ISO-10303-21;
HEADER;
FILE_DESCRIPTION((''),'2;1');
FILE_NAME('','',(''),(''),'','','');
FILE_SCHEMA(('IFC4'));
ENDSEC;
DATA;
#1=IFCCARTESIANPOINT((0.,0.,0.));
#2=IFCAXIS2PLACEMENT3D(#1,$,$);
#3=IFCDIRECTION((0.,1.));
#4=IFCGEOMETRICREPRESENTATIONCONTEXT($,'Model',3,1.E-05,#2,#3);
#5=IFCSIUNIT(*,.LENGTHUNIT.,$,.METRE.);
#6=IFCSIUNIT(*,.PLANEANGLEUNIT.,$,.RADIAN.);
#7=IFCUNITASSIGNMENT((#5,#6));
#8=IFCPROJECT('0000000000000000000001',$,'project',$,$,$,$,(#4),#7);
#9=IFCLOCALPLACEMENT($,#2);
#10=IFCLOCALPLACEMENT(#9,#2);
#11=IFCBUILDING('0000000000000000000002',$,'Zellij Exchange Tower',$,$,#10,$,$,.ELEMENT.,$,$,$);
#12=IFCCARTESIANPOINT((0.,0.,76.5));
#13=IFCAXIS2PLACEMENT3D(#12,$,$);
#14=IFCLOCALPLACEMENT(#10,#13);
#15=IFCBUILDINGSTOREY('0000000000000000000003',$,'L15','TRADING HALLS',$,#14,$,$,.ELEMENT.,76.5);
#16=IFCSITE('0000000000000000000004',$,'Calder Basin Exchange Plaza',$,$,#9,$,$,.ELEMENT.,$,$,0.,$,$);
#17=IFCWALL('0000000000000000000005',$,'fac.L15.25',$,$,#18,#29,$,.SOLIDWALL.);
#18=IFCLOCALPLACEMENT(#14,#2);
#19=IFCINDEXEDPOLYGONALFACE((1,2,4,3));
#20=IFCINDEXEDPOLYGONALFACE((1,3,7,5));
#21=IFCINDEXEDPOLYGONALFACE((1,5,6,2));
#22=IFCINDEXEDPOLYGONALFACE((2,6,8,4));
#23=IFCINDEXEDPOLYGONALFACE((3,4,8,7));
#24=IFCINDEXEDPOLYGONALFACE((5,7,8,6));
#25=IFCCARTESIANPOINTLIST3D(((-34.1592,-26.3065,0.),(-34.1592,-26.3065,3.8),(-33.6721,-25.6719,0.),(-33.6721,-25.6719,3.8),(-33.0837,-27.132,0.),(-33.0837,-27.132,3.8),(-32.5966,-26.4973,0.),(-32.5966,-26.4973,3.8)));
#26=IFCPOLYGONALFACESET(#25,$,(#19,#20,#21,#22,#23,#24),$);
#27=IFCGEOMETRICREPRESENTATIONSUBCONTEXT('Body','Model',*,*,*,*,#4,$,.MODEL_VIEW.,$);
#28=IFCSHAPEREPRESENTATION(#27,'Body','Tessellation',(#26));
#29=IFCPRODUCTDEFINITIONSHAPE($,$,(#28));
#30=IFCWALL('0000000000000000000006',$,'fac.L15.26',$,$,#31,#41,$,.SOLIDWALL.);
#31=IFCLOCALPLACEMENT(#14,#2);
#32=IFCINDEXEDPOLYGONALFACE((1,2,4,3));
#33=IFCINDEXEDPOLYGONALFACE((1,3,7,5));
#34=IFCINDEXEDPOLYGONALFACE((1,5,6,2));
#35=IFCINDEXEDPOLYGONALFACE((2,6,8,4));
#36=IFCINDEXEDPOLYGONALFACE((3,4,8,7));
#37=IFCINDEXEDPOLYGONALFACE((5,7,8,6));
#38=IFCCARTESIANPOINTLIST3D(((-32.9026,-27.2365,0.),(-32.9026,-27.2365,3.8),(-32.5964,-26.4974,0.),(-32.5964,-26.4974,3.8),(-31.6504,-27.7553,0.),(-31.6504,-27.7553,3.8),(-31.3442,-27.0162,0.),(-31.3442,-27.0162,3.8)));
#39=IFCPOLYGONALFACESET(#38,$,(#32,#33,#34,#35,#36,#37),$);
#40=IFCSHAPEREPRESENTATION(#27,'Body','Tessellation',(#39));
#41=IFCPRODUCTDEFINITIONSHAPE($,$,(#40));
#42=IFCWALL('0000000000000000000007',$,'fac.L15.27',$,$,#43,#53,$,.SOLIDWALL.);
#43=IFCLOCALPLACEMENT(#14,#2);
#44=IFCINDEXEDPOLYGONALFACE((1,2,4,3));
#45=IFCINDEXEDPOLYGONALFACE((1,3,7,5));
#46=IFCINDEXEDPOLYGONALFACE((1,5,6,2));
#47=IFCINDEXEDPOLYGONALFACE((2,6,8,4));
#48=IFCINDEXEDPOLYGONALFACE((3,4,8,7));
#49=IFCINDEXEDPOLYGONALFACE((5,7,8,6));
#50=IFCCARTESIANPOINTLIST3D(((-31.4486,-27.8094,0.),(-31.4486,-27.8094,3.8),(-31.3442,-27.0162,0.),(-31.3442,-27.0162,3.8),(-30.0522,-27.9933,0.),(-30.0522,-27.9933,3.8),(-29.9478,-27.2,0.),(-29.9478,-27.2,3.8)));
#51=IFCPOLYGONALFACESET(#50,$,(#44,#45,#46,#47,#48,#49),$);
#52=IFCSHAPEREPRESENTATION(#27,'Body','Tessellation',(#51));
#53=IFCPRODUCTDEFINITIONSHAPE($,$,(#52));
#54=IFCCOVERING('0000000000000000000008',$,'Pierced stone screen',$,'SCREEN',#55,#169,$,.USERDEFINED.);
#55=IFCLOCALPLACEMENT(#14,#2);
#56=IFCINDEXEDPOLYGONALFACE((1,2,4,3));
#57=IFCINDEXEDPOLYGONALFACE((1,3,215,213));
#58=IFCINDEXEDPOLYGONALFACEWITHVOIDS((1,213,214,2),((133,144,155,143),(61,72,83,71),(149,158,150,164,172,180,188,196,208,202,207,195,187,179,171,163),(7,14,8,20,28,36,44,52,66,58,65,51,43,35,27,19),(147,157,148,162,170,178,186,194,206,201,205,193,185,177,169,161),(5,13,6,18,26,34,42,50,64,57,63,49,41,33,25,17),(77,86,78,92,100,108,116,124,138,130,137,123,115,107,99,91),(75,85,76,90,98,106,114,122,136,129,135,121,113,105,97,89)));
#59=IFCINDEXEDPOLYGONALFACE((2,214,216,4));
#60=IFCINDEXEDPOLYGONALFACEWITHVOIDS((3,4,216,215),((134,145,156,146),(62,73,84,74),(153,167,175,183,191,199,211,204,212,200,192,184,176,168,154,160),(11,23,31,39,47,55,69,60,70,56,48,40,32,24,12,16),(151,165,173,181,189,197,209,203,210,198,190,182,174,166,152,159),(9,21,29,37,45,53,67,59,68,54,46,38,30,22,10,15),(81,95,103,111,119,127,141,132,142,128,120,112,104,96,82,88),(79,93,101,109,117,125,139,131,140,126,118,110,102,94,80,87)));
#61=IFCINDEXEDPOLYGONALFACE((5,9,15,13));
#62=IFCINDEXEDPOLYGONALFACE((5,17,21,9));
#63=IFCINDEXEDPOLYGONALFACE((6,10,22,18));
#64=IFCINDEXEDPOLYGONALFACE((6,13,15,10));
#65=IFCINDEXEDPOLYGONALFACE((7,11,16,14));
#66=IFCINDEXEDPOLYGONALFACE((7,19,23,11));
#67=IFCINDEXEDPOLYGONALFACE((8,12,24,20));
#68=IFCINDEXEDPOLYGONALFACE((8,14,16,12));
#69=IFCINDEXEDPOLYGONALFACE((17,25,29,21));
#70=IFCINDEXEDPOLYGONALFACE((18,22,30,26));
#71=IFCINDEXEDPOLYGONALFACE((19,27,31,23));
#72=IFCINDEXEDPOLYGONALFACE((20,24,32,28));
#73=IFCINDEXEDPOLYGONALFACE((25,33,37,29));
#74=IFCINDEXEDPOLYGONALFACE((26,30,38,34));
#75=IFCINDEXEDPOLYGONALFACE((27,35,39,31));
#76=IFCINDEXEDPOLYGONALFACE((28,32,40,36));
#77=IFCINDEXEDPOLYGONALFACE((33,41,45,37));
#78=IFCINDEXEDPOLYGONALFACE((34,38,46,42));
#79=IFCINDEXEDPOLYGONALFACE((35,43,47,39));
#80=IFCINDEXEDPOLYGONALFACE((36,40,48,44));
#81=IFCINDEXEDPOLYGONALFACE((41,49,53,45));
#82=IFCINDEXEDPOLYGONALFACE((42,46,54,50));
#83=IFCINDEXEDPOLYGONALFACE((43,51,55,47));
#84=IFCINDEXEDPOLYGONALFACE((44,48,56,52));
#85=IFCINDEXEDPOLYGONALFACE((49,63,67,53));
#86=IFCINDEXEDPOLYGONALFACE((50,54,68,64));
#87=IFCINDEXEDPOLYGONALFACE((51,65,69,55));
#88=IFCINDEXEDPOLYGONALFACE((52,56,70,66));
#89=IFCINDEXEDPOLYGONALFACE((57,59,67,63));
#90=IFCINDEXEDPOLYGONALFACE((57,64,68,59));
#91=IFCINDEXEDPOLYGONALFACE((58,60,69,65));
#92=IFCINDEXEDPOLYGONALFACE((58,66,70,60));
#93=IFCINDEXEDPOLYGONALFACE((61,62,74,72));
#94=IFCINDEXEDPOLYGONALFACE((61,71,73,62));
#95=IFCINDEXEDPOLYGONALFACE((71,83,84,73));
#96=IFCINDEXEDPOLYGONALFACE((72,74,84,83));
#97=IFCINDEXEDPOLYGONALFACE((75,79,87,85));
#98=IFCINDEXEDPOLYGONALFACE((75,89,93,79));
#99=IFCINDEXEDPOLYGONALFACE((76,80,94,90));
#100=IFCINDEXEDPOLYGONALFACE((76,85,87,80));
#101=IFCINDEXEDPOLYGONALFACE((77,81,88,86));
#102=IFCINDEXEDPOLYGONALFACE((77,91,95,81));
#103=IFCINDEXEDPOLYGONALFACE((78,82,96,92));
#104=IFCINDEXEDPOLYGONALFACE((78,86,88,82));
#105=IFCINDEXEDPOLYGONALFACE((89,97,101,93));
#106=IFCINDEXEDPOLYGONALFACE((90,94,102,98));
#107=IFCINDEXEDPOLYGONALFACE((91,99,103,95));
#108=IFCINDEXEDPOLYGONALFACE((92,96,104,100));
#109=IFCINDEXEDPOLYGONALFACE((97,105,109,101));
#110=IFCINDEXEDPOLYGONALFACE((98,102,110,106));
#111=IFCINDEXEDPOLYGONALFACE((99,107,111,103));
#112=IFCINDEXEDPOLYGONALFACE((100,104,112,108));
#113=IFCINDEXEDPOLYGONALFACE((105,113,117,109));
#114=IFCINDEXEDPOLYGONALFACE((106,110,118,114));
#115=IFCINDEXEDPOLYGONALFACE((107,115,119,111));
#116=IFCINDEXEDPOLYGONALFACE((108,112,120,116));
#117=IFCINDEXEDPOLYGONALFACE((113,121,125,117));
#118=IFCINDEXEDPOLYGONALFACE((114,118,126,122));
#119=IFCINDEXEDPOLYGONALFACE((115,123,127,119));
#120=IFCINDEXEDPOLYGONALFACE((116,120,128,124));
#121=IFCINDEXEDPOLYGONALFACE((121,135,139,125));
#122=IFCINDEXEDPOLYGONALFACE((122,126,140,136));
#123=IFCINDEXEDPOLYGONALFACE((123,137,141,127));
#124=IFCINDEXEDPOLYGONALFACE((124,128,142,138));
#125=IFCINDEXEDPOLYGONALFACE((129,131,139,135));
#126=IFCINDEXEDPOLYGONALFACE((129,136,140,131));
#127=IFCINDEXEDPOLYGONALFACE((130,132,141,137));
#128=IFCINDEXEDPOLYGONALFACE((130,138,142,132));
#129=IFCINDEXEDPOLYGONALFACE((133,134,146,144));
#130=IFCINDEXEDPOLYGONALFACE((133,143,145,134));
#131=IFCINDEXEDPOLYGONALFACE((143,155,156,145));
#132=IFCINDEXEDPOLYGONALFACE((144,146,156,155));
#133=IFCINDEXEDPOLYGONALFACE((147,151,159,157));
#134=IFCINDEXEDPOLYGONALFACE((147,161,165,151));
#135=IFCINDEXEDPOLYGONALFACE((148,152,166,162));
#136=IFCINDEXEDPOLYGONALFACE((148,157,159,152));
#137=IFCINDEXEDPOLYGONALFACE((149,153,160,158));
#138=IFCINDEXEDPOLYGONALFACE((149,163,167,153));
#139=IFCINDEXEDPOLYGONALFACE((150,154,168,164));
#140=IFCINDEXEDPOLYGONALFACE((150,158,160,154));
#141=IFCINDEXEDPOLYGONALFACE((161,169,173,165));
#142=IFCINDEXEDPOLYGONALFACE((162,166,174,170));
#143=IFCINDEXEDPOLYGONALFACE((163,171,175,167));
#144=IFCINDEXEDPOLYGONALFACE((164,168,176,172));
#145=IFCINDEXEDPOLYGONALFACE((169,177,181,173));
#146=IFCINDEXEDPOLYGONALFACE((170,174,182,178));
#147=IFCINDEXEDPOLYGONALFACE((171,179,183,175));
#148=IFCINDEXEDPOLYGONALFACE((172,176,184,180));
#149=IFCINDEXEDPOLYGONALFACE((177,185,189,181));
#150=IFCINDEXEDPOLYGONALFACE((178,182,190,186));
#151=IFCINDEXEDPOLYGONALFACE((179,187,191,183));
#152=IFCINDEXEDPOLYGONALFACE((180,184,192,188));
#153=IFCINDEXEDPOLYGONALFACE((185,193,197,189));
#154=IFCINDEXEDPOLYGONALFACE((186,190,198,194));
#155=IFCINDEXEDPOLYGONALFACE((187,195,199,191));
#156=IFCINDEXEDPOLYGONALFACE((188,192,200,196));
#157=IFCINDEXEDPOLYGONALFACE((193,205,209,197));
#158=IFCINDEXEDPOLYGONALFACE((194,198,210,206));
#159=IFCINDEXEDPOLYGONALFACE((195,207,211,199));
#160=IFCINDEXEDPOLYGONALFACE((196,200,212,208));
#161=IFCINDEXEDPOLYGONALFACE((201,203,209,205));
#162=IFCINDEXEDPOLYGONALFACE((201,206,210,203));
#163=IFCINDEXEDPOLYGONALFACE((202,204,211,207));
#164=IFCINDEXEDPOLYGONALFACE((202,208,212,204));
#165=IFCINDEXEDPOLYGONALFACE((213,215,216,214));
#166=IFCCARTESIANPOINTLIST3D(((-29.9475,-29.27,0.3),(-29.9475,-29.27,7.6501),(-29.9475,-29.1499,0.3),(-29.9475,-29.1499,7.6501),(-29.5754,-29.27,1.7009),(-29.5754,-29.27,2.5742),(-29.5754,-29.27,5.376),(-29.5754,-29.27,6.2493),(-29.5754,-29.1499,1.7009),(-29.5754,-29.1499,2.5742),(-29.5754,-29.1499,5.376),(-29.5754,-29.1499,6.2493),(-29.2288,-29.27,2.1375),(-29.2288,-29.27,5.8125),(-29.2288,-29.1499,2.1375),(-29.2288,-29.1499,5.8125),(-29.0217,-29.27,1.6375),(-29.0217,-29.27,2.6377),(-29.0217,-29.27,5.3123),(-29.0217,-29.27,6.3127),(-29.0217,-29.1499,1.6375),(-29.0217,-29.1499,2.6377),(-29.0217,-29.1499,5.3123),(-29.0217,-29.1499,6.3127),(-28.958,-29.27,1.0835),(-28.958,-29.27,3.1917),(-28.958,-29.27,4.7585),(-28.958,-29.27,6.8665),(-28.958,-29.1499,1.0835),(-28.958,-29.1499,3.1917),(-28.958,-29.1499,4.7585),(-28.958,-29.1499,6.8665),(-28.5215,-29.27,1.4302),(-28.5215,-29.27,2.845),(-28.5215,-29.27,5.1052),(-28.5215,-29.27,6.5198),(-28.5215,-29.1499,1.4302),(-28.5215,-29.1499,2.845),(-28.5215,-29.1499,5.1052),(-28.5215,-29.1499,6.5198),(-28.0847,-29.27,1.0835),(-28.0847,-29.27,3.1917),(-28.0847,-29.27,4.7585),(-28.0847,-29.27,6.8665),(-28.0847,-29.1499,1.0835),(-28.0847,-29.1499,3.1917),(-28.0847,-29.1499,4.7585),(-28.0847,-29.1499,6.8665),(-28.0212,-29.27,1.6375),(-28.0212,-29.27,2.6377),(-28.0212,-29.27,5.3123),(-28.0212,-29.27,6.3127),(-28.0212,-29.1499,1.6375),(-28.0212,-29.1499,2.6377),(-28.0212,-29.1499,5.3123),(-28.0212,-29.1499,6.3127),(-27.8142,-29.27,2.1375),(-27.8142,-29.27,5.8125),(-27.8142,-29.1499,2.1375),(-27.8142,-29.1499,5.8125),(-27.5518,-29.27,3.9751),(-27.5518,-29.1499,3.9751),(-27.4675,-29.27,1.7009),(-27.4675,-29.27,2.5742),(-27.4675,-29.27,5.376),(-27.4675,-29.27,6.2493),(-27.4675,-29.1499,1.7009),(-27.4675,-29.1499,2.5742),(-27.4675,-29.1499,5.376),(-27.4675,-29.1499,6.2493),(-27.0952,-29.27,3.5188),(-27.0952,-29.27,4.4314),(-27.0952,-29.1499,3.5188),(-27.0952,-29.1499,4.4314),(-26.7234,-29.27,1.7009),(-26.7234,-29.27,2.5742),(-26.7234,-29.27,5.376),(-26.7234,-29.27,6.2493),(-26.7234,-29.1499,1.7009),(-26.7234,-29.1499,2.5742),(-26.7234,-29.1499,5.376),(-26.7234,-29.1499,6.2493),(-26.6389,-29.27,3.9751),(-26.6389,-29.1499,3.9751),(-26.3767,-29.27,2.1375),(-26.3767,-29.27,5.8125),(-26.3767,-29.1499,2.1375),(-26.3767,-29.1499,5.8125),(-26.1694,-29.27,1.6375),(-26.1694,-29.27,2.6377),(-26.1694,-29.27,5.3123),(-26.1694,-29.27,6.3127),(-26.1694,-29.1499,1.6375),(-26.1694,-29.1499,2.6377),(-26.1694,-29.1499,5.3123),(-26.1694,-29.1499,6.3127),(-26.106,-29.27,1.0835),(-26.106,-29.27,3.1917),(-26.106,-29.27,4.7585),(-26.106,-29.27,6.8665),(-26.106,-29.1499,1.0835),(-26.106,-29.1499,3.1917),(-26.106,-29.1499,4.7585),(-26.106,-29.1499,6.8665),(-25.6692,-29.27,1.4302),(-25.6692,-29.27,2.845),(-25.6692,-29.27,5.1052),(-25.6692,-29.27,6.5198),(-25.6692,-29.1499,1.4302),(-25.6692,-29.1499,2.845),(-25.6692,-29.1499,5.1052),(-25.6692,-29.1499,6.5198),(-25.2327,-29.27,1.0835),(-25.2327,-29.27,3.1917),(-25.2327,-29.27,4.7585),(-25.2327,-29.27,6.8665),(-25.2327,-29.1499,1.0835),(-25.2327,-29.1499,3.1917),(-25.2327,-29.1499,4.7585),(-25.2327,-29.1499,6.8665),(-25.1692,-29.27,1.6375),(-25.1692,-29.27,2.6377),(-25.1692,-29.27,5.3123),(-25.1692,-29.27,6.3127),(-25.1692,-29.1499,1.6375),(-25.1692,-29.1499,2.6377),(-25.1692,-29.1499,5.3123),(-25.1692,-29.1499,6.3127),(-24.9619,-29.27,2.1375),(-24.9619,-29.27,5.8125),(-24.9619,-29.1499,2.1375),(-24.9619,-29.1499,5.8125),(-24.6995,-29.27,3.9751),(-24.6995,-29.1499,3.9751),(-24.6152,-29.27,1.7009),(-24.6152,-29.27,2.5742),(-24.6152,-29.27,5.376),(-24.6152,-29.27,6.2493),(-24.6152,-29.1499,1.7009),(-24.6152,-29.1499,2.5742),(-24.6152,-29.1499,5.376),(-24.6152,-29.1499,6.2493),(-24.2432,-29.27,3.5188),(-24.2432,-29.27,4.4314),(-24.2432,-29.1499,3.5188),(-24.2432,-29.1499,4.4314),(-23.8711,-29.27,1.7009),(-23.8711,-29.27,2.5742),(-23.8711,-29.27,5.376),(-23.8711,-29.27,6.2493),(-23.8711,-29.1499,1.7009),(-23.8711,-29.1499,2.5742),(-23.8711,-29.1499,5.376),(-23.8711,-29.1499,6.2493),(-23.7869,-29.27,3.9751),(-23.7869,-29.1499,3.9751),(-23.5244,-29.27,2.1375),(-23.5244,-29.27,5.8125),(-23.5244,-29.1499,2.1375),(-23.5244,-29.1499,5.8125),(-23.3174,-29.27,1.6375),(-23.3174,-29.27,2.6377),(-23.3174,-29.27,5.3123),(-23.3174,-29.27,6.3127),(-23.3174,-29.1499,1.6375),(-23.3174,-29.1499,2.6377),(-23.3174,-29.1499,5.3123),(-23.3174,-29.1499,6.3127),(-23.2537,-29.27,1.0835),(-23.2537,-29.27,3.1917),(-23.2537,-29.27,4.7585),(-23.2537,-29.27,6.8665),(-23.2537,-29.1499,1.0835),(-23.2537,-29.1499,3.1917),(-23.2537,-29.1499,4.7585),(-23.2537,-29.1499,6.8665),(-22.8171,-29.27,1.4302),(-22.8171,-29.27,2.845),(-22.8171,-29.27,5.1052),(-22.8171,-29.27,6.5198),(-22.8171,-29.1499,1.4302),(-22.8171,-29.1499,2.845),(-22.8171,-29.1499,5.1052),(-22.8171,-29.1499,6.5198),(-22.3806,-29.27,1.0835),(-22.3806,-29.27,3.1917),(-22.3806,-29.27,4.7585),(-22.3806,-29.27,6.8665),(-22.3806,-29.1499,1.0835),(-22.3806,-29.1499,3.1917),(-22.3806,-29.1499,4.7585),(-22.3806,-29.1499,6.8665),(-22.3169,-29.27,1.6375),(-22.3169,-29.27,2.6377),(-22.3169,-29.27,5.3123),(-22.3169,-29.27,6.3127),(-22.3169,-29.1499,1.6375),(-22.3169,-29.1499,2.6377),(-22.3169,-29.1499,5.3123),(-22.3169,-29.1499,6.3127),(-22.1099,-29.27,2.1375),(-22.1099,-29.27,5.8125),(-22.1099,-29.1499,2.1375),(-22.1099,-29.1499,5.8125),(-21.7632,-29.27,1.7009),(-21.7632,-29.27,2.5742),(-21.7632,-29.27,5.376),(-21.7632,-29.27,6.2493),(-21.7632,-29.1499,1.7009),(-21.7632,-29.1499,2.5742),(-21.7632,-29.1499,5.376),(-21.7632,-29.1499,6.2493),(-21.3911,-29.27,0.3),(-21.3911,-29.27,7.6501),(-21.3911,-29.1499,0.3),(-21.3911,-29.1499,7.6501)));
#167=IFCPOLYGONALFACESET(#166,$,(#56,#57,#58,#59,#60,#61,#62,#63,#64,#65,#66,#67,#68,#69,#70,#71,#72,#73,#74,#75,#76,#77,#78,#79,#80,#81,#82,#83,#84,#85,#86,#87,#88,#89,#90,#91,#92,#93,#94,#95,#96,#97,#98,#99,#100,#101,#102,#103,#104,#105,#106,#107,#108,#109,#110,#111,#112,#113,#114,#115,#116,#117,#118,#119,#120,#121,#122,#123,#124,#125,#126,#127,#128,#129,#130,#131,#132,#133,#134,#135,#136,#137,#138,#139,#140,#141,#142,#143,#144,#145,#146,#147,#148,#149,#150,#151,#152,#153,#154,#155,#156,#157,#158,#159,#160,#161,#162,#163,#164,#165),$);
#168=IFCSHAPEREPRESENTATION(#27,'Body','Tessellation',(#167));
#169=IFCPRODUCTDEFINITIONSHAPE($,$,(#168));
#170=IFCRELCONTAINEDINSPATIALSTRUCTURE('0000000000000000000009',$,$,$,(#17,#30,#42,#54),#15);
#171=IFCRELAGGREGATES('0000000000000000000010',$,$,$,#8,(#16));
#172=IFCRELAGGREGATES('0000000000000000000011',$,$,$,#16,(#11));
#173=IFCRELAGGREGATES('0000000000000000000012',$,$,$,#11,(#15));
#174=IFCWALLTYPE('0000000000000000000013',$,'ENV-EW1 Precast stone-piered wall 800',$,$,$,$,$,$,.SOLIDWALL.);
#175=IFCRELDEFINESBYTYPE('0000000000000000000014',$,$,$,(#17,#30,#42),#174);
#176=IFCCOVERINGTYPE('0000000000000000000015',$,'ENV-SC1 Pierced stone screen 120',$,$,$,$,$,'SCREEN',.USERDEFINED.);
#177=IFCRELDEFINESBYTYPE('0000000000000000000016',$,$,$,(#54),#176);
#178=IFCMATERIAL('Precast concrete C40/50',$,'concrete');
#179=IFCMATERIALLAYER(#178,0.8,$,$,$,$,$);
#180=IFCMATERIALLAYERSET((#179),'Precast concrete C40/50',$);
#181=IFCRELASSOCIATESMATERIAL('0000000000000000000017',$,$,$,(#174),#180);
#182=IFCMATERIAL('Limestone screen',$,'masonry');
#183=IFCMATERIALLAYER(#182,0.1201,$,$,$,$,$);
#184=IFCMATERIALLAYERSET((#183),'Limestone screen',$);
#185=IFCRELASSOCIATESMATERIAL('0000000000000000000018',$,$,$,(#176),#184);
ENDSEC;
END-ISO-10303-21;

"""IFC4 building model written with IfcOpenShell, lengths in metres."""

from ifc_helpers import new_model, si_unit, direction, frame, frame_2d, origin, place, context, subcontext, project, spatial, polyline, rectangle, outline, extrude, material, layer, layer_set, type_object, element, save


model = new_model("IFC4")

# Units and contexts
model_context = context("Model", 3, precision=1e-05, world=origin(), true_north=direction((0.0, 1.0)))
body_context = subcontext(model_context, "Body", "Model", "MODEL_VIEW")
ifc_project = project(units=[si_unit("LENGTHUNIT", "METRE"), si_unit("PLANEANGLEUNIT", "RADIAN")], contexts=[model_context])

# Site, building, storey
site_placement = place(None, origin())
site = spatial("IfcSite", under=ifc_project, at=site_placement, Name="Calder Basin Exchange Plaza", CompositionType="ELEMENT", RefElevation=0.0)
building_placement = place(site_placement, origin())
building = spatial("IfcBuilding", under=site, at=building_placement, Name="Zellij Exchange Tower", CompositionType="ELEMENT")
storey_placement = place(building_placement, frame((0.0, 0.0, 76.5)))
storey = spatial("IfcBuildingStorey", under=building, at=storey_placement, Name="L15", Description="TRADING HALLS", CompositionType="ELEMENT", Elevation=76.5)

# Walls
ifc_material_1 = material(Name="Precast concrete C40/50", Category="concrete")
ifc_layer_1 = layer(ifc_material_1, 0.8)
ifc_layer_set_1 = layer_set([ifc_layer_1], Name="Precast concrete C40/50")
wall_type = type_object("IfcWallType", Name="ENV-EW1 Precast stone-piered wall 800", PredefinedType="SOLIDWALL", material=ifc_layer_set_1)
for number, where, z_axis, x_axis, name in (
    (1, (-33.9155, -25.9893, 0.0), (0.0, 0.0, 1.0), (0.793273, -0.608866, 0.0), "fac.L15.25"),
):
    element("IfcWall", number, at=place(storey_placement, frame(where, z_axis=z_axis, x_axis=x_axis)), inside=storey, type_object=wall_type, Name=name, PredefinedType="SOLIDWALL", context=body_context, shape_type="SweptSolid", body=[
        extrude(rectangle(XDim=1.3557, YDim=0.8, at=frame_2d((0.6777, 0.0))), origin(), (0.0, 0.0, 1.0), 3.8),
    ])
wall_1_placement = place(storey_placement, frame((-32.7495, -26.8669, 0.0), z_axis=(0.0, 0.0, 1.0), x_axis=(0.923848, -0.38276, 0.0)))
element("IfcWall", 2, at=wall_1_placement, inside=storey, type_object=wall_type, Name="fac.L15.26", PredefinedType="SOLIDWALL", context=body_context, shape_type="SweptSolid", body=[
    extrude(rectangle(XDim=1.3555, YDim=0.8, at=frame_2d((0.6777, 0.0))), origin(), (0.0, 0.0, 1.0), 3.8),
])
wall_2_placement = place(storey_placement, frame((-31.3962, -27.4128, 0.0), z_axis=(0.0, 0.0, 1.0), x_axis=(0.991446, -0.130517, 0.0)))
element("IfcWall", 3, at=wall_2_placement, inside=storey, type_object=wall_type, Name="fac.L15.27", PredefinedType="SOLIDWALL", context=body_context, shape_type="SweptSolid", body=[
    extrude(rectangle(XDim=1.4084, YDim=0.8, at=frame_2d((0.7041, 0.0))), origin(), (0.0, 0.0, 1.0), 3.8),
])

# Covering
ifc_material_2 = material(Name="Limestone screen", Category="masonry")
ifc_layer_2 = layer(ifc_material_2, 0.1201)
ifc_layer_set_2 = layer_set([ifc_layer_2], Name="Limestone screen")
covering_type = type_object("IfcCoveringType", Name="ENV-SC1 Pierced stone screen 120", ElementType="SCREEN", PredefinedType="USERDEFINED", material=ifc_layer_set_2)
covering_1_placement = place(storey_placement, frame((-29.9475, -29.21, 0.3), z_axis=(0.0, 0.0, 1.0), x_axis=(1.0, 0.0, 0.0)))
element("IfcCovering", 4, at=covering_1_placement, inside=storey, type_object=covering_type, Name="Pierced stone screen", ObjectType="SCREEN", PredefinedType="USERDEFINED", context=body_context, shape_type="SweptSolid", body=[
    extrude(outline(polyline([(0.0, 0.0), (8.5564, 0.0), (8.5564, 7.3501), (0.0, 7.3501), (0.0, 0.0)]), holes=[polyline([(2.48, 2.2742), (1.9263, 2.3376), (1.8628, 2.8916), (1.426, 2.5449), (0.9895, 2.8916), (0.9258, 2.3376), (0.3721, 2.2742), (0.7188, 1.8374), (0.3721, 1.4009), (0.9258, 1.3374), (0.9895, 0.7834), (1.426, 1.1301), (1.8628, 0.7834), (1.9263, 1.3374), (2.48, 1.4009), (2.1333, 1.8374), (2.48, 2.2742)]), polyline([(2.48, 5.9492), (1.9263, 6.0127), (1.8628, 6.5664), (1.426, 6.2197), (0.9895, 6.5664), (0.9258, 6.0127), (0.3721, 5.9492), (0.7188, 5.5125), (0.3721, 5.0759), (0.9258, 5.0122), (0.9895, 4.4585), (1.426, 4.8052), (1.8628, 4.4585), (1.9263, 5.0122), (2.48, 5.0759), (2.1333, 5.5125), (2.48, 5.9492)]), polyline([(5.3323, 2.2742), (4.7783, 2.3376), (4.7148, 2.8916), (4.2783, 2.5449), (3.8416, 2.8916), (3.7781, 2.3376), (3.2241, 2.2742), (3.5708, 1.8374), (3.2241, 1.4009), (3.7781, 1.3374), (3.8416, 0.7834), (4.2783, 1.1301), (4.7148, 0.7834), (4.7783, 1.3374), (5.3323, 1.4009), (4.9856, 1.8374), (5.3323, 2.2742)]), polyline([(5.3323, 5.9492), (4.7783, 6.0127), (4.7148, 6.5664), (4.2783, 6.2197), (3.8416, 6.5664), (3.7781, 6.0127), (3.2241, 5.9492), (3.5708, 5.5125), (3.2241, 5.0759), (3.7781, 5.0122), (3.8416, 4.4585), (4.2783, 4.8052), (4.7148, 4.4585), (4.7783, 5.0122), (5.3323, 5.0759), (4.9856, 5.5125), (5.3323, 5.9492)]), polyline([(8.1843, 2.2742), (7.6306, 2.3376), (7.5669, 2.8916), (7.1304, 2.5449), (6.6938, 2.8916), (6.6301, 2.3376), (6.0764, 2.2742), (6.4231, 1.8374), (6.0764, 1.4009), (6.6301, 1.3374), (6.6938, 0.7834), (7.1304, 1.1301), (7.5669, 0.7834), (7.6306, 1.3374), (8.1843, 1.4009), (7.8376, 1.8374), (8.1843, 2.2742)]), polyline([(8.1843, 5.9492), (7.6306, 6.0127), (7.5669, 6.5664), (7.1304, 6.2197), (6.6938, 6.5664), (6.6301, 6.0127), (6.0764, 5.9492), (6.4231, 5.5125), (6.0764, 5.0759), (6.6301, 5.0122), (6.6938, 4.4585), (7.1304, 4.8052), (7.5669, 4.4585), (7.6306, 5.0122), (8.1843, 5.0759), (7.8376, 5.5125), (8.1843, 5.9492)]), polyline([(3.3086, 3.675), (2.8523, 4.1313), (2.3958, 3.675), (2.8523, 3.2188), (3.3086, 3.675)]), polyline([(6.1606, 3.675), (5.7043, 4.1313), (5.248, 3.675), (5.7043, 3.2188), (6.1606, 3.675)])]), frame((0.0, 0.0601, 0.0), z_axis=(0.0, -1.0, 0.0), x_axis=(1.0, 0.0, 0.0)), (0.0, 0.0, 1.0), 0.1201),
])

save(model, "model.ifc")
